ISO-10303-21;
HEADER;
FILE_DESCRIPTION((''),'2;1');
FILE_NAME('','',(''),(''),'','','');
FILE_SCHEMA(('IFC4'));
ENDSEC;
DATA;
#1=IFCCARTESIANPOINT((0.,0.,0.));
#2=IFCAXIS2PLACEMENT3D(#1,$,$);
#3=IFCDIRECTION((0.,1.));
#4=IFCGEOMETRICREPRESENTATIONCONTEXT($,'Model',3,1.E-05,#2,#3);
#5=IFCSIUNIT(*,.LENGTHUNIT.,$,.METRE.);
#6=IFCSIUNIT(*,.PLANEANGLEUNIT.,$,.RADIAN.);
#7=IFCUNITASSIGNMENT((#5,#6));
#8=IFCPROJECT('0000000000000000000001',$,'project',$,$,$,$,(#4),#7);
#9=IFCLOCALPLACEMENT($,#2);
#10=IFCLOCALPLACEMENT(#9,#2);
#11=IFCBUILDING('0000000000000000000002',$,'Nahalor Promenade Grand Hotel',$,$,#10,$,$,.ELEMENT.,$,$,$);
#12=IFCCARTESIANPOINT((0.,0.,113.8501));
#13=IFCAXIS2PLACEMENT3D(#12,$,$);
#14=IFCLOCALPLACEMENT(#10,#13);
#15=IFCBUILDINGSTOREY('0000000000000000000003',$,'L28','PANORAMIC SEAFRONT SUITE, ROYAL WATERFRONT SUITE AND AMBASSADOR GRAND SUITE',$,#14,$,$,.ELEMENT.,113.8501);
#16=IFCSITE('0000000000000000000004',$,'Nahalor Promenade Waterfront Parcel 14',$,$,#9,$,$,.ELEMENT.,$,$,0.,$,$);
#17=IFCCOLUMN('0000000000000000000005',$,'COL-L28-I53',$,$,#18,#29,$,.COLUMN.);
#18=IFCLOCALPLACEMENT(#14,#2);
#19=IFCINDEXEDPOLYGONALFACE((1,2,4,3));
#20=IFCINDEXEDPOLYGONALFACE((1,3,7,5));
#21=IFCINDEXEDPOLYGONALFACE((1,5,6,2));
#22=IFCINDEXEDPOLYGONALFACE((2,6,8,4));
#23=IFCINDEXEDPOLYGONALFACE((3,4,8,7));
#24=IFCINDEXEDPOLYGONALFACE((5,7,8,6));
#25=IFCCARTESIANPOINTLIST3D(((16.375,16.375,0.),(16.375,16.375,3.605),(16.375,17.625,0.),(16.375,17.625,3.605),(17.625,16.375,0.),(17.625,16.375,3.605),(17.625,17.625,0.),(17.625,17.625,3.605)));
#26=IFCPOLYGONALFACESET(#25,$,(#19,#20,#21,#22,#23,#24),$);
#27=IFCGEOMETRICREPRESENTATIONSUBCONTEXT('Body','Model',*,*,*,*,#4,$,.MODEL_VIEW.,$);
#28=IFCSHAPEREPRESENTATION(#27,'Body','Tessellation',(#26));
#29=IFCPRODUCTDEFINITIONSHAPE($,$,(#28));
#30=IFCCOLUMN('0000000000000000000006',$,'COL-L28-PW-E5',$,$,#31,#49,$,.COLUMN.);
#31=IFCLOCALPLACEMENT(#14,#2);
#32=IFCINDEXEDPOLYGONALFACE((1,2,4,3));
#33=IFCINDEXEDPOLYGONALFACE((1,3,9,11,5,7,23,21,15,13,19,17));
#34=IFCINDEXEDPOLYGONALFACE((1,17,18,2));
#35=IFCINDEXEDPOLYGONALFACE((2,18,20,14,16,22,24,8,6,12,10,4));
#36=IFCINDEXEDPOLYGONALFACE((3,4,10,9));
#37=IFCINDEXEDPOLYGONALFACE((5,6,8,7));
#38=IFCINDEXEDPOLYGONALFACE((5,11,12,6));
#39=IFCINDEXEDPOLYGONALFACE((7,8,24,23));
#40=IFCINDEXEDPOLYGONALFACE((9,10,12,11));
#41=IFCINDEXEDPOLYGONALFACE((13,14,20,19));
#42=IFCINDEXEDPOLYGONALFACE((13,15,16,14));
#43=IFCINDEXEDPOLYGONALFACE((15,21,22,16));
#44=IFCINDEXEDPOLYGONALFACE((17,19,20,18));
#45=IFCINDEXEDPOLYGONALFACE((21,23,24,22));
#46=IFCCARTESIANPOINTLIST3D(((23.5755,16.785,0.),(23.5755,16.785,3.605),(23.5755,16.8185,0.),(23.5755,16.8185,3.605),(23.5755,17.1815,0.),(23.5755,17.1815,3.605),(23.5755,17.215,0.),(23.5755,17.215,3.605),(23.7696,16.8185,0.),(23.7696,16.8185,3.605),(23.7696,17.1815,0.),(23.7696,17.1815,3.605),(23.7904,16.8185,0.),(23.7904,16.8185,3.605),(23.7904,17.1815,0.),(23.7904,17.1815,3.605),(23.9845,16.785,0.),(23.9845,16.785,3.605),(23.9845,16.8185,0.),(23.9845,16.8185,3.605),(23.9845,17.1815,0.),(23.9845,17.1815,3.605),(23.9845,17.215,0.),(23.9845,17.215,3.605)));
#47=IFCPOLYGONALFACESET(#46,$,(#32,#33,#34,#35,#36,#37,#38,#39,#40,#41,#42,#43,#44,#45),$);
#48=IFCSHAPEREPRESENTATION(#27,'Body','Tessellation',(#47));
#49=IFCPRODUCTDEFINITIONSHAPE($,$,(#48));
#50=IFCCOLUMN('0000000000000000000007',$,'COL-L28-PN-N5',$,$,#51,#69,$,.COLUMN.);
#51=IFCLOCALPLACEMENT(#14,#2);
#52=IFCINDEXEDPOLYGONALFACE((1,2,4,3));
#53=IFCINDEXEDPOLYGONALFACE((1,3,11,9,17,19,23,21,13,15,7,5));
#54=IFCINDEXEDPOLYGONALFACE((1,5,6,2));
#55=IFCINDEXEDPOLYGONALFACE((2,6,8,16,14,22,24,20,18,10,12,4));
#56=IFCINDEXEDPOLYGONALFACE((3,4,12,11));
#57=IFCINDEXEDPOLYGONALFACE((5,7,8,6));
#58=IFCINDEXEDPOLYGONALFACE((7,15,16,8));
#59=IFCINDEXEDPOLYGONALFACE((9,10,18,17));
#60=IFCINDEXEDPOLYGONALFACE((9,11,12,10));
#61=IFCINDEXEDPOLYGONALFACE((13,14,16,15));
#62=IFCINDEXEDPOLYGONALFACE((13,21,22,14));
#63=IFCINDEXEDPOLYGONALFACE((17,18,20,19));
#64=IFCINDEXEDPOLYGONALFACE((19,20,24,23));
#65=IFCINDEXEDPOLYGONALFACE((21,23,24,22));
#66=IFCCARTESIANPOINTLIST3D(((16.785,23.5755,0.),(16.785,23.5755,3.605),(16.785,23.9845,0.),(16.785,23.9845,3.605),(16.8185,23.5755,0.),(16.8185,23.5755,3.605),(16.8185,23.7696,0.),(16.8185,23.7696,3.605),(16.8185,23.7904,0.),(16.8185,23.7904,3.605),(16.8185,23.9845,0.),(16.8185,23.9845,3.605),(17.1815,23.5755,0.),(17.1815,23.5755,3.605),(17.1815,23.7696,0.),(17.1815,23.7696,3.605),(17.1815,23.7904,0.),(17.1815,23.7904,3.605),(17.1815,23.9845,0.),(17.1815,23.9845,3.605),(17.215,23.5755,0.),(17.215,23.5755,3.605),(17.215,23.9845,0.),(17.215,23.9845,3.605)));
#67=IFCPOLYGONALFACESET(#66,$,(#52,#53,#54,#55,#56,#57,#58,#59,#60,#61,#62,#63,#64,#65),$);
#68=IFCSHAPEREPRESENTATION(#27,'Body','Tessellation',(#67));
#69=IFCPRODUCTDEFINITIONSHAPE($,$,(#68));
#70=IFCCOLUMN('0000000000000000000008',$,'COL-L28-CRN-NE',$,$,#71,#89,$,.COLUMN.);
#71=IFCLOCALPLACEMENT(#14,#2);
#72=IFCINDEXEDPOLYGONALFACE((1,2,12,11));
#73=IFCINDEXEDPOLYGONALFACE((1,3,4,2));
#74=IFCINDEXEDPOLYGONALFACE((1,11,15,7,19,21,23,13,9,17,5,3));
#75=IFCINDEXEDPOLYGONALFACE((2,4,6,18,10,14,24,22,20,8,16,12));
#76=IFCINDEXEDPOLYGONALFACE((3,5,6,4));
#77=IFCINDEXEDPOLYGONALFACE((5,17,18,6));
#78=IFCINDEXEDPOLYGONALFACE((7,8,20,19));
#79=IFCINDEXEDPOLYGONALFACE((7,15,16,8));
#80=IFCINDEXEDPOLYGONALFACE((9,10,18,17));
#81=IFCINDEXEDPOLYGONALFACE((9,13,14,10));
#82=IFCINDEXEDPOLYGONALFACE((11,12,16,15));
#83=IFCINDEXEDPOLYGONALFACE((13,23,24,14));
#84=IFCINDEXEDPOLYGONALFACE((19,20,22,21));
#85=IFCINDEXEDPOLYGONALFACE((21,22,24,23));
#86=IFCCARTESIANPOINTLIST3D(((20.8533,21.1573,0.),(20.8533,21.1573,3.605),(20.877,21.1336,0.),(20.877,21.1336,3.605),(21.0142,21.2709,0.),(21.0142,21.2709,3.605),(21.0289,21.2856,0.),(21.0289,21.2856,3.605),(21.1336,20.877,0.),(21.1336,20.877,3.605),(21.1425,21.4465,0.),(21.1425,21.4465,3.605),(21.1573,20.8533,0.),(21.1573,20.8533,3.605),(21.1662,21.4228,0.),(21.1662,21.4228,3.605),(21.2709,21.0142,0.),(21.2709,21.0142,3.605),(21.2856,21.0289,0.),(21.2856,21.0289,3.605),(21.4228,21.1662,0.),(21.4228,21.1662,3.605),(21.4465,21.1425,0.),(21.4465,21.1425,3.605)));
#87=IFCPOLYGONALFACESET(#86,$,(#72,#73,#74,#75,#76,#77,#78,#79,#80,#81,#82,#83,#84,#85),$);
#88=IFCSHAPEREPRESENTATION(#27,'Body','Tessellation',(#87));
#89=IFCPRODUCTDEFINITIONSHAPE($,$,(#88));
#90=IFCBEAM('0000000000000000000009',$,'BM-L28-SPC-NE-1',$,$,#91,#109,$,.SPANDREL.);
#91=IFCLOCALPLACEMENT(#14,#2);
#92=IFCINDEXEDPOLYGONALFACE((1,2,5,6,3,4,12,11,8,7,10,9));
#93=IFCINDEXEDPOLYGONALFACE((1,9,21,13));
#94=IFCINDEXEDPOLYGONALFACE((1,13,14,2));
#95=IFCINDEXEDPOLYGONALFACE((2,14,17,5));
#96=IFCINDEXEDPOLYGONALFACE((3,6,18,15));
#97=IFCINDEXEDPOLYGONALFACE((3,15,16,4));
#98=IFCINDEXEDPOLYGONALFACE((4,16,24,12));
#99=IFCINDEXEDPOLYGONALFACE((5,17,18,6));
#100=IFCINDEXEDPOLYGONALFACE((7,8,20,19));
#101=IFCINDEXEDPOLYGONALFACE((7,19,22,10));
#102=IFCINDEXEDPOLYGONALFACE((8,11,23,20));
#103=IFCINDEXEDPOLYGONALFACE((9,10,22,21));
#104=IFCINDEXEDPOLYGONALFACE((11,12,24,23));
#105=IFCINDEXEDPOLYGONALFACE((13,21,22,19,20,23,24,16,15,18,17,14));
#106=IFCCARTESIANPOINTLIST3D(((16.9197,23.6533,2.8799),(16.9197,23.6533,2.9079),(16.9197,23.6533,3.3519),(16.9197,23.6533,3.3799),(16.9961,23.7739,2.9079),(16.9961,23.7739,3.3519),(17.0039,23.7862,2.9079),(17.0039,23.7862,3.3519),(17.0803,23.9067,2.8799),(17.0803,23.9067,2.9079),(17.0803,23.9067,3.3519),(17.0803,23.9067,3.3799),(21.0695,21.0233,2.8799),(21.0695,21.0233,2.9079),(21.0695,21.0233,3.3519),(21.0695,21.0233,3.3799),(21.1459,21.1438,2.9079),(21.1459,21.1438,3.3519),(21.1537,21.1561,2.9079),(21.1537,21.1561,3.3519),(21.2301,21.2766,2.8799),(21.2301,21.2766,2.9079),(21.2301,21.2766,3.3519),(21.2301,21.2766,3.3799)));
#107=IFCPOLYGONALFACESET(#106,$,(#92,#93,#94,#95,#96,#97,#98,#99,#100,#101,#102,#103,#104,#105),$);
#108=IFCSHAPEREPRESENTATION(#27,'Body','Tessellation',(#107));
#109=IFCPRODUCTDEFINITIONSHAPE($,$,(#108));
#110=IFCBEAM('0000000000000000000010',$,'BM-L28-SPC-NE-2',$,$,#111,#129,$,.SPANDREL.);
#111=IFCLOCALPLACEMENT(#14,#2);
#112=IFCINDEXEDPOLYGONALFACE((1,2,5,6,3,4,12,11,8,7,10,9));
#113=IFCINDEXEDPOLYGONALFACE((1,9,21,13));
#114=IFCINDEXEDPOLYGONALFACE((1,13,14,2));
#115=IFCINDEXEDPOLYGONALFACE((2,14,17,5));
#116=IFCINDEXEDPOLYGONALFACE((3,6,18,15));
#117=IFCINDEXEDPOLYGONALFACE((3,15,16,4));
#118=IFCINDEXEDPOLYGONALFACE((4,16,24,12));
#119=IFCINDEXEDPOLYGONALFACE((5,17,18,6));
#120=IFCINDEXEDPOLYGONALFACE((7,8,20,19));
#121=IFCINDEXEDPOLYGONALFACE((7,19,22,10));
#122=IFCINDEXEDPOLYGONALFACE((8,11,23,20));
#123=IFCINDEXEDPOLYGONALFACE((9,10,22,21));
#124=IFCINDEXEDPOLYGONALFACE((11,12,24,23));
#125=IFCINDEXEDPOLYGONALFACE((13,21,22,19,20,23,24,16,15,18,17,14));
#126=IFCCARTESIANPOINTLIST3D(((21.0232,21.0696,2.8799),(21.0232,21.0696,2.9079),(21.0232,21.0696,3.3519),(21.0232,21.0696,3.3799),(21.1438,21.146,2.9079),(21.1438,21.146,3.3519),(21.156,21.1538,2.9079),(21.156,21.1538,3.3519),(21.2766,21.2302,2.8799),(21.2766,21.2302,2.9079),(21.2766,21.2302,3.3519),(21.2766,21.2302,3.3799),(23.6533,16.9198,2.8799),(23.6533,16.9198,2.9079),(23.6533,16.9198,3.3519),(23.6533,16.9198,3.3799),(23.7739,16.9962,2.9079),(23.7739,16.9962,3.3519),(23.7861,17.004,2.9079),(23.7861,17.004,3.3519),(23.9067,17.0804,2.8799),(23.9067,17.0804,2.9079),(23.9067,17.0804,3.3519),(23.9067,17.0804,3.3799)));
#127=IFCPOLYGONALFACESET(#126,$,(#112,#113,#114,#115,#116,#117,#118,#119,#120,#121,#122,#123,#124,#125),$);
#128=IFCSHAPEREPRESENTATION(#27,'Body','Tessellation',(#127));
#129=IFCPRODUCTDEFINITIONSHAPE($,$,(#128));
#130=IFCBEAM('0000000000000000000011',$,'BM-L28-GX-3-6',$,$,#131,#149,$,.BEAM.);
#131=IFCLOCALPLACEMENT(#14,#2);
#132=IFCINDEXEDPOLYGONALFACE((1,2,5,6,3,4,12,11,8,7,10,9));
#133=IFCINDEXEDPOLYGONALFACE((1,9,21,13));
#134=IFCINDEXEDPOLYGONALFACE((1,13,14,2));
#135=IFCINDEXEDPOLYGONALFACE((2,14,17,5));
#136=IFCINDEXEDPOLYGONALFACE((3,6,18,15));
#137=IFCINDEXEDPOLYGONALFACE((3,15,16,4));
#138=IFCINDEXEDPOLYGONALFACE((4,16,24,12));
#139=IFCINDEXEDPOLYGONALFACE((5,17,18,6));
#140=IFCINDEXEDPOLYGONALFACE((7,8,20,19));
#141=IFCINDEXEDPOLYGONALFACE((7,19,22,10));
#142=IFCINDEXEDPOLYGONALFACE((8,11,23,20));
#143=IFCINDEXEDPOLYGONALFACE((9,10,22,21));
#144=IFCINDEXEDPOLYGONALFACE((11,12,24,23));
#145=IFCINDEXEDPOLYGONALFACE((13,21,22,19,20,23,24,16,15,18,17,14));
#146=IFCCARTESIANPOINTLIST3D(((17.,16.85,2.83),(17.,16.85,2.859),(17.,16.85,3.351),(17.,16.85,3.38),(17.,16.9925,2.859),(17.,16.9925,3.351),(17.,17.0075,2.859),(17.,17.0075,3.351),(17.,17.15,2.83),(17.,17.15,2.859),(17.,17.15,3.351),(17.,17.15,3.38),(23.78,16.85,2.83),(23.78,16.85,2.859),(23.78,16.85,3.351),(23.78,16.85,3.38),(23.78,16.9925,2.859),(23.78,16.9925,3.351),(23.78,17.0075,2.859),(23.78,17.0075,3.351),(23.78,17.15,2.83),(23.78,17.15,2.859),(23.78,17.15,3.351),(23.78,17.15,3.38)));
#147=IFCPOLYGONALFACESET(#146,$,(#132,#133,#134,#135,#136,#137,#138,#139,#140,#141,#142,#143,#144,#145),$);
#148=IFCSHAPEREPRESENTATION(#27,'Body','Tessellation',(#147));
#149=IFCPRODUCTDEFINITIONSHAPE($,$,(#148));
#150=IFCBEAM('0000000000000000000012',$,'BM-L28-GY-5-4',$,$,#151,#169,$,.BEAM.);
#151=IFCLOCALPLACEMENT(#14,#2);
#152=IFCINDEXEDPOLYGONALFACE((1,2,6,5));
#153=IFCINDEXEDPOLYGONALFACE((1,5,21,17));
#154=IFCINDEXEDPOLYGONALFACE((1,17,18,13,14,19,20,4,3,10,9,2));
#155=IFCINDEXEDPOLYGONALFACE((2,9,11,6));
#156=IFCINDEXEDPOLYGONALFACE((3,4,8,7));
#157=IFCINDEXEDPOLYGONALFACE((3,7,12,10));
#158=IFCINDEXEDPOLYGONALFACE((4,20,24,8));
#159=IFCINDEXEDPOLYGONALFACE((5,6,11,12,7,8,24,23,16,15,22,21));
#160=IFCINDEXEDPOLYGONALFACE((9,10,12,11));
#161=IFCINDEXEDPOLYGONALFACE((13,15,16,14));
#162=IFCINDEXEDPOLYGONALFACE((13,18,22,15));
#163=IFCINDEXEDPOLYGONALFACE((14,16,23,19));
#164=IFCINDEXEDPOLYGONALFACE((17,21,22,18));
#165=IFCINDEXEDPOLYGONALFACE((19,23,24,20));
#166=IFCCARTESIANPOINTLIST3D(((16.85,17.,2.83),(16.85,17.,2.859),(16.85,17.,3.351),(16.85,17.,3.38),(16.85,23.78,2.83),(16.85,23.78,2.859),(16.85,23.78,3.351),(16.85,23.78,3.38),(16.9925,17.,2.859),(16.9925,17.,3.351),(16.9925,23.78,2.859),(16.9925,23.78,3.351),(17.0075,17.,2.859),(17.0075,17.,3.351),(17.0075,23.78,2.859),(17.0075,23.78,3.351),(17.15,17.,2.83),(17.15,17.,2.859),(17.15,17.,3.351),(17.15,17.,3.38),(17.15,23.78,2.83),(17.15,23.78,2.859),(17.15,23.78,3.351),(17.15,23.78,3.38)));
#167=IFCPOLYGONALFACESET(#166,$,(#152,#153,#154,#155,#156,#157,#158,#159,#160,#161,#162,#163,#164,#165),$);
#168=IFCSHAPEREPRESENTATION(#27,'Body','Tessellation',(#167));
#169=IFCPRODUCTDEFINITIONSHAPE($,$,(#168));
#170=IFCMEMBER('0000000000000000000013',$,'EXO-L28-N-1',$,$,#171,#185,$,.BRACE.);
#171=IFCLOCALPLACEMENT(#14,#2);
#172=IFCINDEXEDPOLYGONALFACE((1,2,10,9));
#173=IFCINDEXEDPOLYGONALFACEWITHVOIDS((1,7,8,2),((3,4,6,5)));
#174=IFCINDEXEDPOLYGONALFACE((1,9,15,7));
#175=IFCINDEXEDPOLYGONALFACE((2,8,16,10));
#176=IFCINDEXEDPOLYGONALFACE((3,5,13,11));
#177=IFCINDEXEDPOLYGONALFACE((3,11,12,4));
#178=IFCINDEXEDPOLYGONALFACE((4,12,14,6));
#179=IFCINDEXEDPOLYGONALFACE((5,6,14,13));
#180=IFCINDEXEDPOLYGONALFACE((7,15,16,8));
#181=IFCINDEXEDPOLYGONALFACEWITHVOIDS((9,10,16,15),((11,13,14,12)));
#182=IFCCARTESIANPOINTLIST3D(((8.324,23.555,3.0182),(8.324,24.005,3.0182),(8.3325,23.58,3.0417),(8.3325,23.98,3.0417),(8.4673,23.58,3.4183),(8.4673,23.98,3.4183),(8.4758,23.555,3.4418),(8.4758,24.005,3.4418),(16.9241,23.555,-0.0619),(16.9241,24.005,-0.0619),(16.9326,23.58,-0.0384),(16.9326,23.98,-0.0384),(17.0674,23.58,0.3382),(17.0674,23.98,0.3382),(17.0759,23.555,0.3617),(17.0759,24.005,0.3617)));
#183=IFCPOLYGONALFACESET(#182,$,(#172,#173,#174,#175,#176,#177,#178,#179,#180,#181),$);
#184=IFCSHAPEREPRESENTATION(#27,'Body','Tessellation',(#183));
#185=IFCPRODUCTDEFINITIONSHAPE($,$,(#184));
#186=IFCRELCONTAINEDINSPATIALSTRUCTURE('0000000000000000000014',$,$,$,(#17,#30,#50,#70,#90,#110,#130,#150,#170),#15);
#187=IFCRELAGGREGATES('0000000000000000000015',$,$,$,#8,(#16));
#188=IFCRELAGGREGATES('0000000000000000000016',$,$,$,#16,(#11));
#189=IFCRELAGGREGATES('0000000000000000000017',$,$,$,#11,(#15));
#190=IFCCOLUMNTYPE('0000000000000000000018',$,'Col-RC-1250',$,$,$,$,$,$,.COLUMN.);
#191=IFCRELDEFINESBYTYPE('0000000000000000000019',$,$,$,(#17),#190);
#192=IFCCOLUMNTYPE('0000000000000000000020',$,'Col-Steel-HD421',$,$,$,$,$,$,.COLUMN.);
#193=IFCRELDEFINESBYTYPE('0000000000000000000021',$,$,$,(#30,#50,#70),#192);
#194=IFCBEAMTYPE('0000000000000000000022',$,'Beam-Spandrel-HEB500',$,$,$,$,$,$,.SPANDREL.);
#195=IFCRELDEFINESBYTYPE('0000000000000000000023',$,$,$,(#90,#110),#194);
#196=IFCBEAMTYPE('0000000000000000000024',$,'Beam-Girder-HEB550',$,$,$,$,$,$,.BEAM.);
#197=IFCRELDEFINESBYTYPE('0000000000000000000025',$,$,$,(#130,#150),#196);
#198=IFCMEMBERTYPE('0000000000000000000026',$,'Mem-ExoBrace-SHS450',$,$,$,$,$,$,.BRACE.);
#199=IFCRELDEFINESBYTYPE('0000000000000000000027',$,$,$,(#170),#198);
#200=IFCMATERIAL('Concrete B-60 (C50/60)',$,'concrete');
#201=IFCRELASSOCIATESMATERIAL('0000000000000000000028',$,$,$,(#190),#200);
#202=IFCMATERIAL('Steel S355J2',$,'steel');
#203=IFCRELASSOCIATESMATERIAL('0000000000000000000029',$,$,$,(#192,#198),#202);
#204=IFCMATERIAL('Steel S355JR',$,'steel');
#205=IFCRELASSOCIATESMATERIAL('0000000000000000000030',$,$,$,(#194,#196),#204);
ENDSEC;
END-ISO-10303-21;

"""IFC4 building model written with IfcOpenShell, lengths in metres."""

from ifc_helpers import new_model, si_unit, direction, frame, origin, origin_2d, place, context, subcontext, project, spatial, rectangle, hollow_rectangle, i_section, extrude, source, transform, mapped, material, material_profile, profile_set, type_object, element, save


model = new_model("IFC4")

# Units and contexts
model_context = context("Model", 3, precision=1e-05, world=origin(), true_north=direction((0.0, 1.0)))
body_context = subcontext(model_context, "Body", "Model", "MODEL_VIEW")
ifc_project = project(units=[si_unit("LENGTHUNIT", "METRE"), si_unit("PLANEANGLEUNIT", "RADIAN")], contexts=[model_context])

# Site, building, storey
site_placement = place(None, origin())
site = spatial("IfcSite", under=ifc_project, at=site_placement, Name="Nahalor Promenade Waterfront Parcel 14", CompositionType="ELEMENT", RefElevation=0.0)
building_placement = place(site_placement, origin())
building = spatial("IfcBuilding", under=site, at=building_placement, Name="Nahalor Promenade Grand Hotel", CompositionType="ELEMENT")
storey_placement = place(building_placement, frame((0.0, 0.0, 113.8501)))
storey = spatial("IfcBuildingStorey", under=building, at=storey_placement, Name="L28", Description="PANORAMIC SEAFRONT SUITE, ROYAL WATERFRONT SUITE AND AMBASSADOR GRAND SUITE", CompositionType="ELEMENT", Elevation=113.8501)

# Columns
ifc_material_1 = material(Name="Concrete B-60 (C50/60)", Category="concrete")
ifc_material_profile_1 = material_profile(ifc_material_1, rectangle(XDim=1.25, YDim=1.25, at=origin_2d()), Name="RC 1250x1250")
ifc_profile_set_1 = profile_set([ifc_material_profile_1], Name="Concrete B-60 (C50/60)")
column_type_1 = type_object("IfcColumnType", Name="Col-RC-1250", PredefinedType="COLUMN", material=ifc_profile_set_1)
shared_shape_1 = source(origin(), body_context, "Body", "SweptSolid", [
    extrude(rectangle(XDim=1.25, YDim=1.25, at=origin_2d()), origin(), (0.0, 0.0, 1.0), 3.605),
])
column_placement = place(storey_placement, frame((17.0, 17.0, 0.0), z_axis=(0.0, 0.0, 1.0), x_axis=(1.0, 0.0, 0.0)))
element("IfcColumn", 1, at=column_placement, inside=storey, type_object=column_type_1, Name="COL-L28-I53", PredefinedType="COLUMN", context=body_context, shape_type="MappedRepresentation", body=[
    mapped(shared_shape_1, transform((0.0, 0.0, 0.0), scale=1.0)),
])
ifc_material_2 = material(Name="Steel S355J2", Category="steel")
ifc_material_profile_2 = material_profile(ifc_material_2, i_section(OverallWidth=0.409, OverallDepth=0.43, WebThickness=0.0208, FlangeThickness=0.0335, at=origin_2d()), Name="HD 400x421")
ifc_profile_set_2 = profile_set([ifc_material_profile_2], Name="Steel S355J2")
column_type_2 = type_object("IfcColumnType", Name="Col-Steel-HD421", PredefinedType="COLUMN", material=ifc_profile_set_2)
shared_shape_2 = source(origin(), body_context, "Body", "SweptSolid", [
    extrude(i_section(OverallWidth=0.409, OverallDepth=0.43, WebThickness=0.0208, FlangeThickness=0.0335, at=origin_2d()), origin(), (0.0, 0.0, 1.0), 3.605),
])
for number, where, z_axis, x_axis, name in (
    (2, (23.78, 17.0, 0.0), (0.0, 0.0, 1.0), (1.0, 0.0, 0.0), "COL-L28-PW-E5"),
    (3, (17.0, 23.78, 0.0), (0.0, 0.0, 1.0), (0.0, 1.0, 0.0), "COL-L28-PN-N5"),
    (4, (21.1499, 21.1499, 0.0), (0.0, 0.0, 1.0), (0.707107, 0.707107, 0.0), "COL-L28-CRN-NE"),
):
    element("IfcColumn", number, at=place(storey_placement, frame(where, z_axis=z_axis, x_axis=x_axis)), inside=storey, type_object=column_type_2, Name=name, PredefinedType="COLUMN", context=body_context, shape_type="MappedRepresentation", body=[
        mapped(shared_shape_2, transform((0.0, 0.0, 0.0), scale=1.0)),
    ])

# Beams
ifc_material_3 = material(Name="Steel S355JR", Category="steel")
ifc_material_profile_3 = material_profile(ifc_material_3, i_section(OverallWidth=0.3, OverallDepth=0.5, WebThickness=0.0145, FlangeThickness=0.028, at=origin_2d()), Name="HEB 500")
ifc_profile_set_3 = profile_set([ifc_material_profile_3], Name="Steel S355JR")
beam_type_1 = type_object("IfcBeamType", Name="Beam-Spandrel-HEB500", PredefinedType="SPANDREL", material=ifc_profile_set_3)
shared_shape_3 = source(origin(), body_context, "Body", "SweptSolid", [
    extrude(i_section(OverallWidth=0.3, OverallDepth=0.5, WebThickness=0.0145, FlangeThickness=0.028, at=origin_2d()), origin(), (0.0, 0.0, 1.0), 4.9131),
])
for number, where, z_axis, x_axis, name in (
    (5, (17.0, 23.78, 3.1299), (0.844648, -0.535322, 0.0), (0.535322, 0.844648, 0.0), "BM-L28-SPC-NE-1"),
    (6, (21.1499, 21.1499, 3.1299), (0.535322, -0.844648, 0.0), (0.844648, 0.535322, 0.0), "BM-L28-SPC-NE-2"),
):
    element("IfcBeam", number, at=place(storey_placement, frame(where, z_axis=z_axis, x_axis=x_axis)), inside=storey, type_object=beam_type_1, Name=name, PredefinedType="SPANDREL", context=body_context, shape_type="MappedRepresentation", body=[
        mapped(shared_shape_3, transform((0.0, 0.0, 0.0), scale=1.0)),
    ])
ifc_material_profile_4 = material_profile(ifc_material_3, i_section(OverallWidth=0.3, OverallDepth=0.55, WebThickness=0.015, FlangeThickness=0.029, at=origin_2d()), Name="HEB 550")
ifc_profile_set_4 = profile_set([ifc_material_profile_4], Name="Steel S355JR")
beam_type_2 = type_object("IfcBeamType", Name="Beam-Girder-HEB550", PredefinedType="BEAM", material=ifc_profile_set_4)
shared_shape_4 = source(origin(), body_context, "Body", "SweptSolid", [
    extrude(i_section(OverallWidth=0.3, OverallDepth=0.55, WebThickness=0.015, FlangeThickness=0.029, at=origin_2d()), origin(), (0.0, 0.0, 1.0), 6.78),
])
for number, where, z_axis, x_axis, name in (
    (7, (17.0, 17.0, 3.105), (1.0, 0.0, 0.0), (0.0, 1.0, 0.0), "BM-L28-GX-3-6"),
    (8, (17.0, 17.0, 3.105), (0.0, 1.0, 0.0), (-1.0, 0.0, 0.0), "BM-L28-GY-5-4"),
):
    element("IfcBeam", number, at=place(storey_placement, frame(where, z_axis=z_axis, x_axis=x_axis)), inside=storey, type_object=beam_type_2, Name=name, PredefinedType="BEAM", context=body_context, shape_type="MappedRepresentation", body=[
        mapped(shared_shape_4, transform((0.0, 0.0, 0.0), scale=1.0)),
    ])

# Member
ifc_material_profile_5 = material_profile(ifc_material_2, hollow_rectangle(XDim=0.45, YDim=0.45, WallThickness=0.025, at=origin_2d()), Name="SHS 450x450x25")
ifc_profile_set_5 = profile_set([ifc_material_profile_5], Name="Steel S355J2")
member_type_1 = type_object("IfcMemberType", Name="Mem-ExoBrace-SHS450", PredefinedType="BRACE", material=ifc_profile_set_5)
shared_shape_5 = source(origin(), body_context, "Body", "SweptSolid", [
    extrude(hollow_rectangle(XDim=0.45, YDim=0.45, WallThickness=0.025, at=origin_2d()), origin(), (0.0, 0.0, 1.0), 9.135),
])
member_1_placement = place(storey_placement, frame((17.0, 23.78, 0.1499), z_axis=(-0.941443, 0.0, 0.337173), x_axis=(0.0, -1.0, 0.0)))
element("IfcMember", 9, at=member_1_placement, inside=storey, type_object=member_type_1, Name="EXO-L28-N-1", PredefinedType="BRACE", context=body_context, shape_type="MappedRepresentation", body=[
    mapped(shared_shape_5, transform((0.0, 0.0, 0.0), scale=1.0)),
])

save(model, "model.ifc")
